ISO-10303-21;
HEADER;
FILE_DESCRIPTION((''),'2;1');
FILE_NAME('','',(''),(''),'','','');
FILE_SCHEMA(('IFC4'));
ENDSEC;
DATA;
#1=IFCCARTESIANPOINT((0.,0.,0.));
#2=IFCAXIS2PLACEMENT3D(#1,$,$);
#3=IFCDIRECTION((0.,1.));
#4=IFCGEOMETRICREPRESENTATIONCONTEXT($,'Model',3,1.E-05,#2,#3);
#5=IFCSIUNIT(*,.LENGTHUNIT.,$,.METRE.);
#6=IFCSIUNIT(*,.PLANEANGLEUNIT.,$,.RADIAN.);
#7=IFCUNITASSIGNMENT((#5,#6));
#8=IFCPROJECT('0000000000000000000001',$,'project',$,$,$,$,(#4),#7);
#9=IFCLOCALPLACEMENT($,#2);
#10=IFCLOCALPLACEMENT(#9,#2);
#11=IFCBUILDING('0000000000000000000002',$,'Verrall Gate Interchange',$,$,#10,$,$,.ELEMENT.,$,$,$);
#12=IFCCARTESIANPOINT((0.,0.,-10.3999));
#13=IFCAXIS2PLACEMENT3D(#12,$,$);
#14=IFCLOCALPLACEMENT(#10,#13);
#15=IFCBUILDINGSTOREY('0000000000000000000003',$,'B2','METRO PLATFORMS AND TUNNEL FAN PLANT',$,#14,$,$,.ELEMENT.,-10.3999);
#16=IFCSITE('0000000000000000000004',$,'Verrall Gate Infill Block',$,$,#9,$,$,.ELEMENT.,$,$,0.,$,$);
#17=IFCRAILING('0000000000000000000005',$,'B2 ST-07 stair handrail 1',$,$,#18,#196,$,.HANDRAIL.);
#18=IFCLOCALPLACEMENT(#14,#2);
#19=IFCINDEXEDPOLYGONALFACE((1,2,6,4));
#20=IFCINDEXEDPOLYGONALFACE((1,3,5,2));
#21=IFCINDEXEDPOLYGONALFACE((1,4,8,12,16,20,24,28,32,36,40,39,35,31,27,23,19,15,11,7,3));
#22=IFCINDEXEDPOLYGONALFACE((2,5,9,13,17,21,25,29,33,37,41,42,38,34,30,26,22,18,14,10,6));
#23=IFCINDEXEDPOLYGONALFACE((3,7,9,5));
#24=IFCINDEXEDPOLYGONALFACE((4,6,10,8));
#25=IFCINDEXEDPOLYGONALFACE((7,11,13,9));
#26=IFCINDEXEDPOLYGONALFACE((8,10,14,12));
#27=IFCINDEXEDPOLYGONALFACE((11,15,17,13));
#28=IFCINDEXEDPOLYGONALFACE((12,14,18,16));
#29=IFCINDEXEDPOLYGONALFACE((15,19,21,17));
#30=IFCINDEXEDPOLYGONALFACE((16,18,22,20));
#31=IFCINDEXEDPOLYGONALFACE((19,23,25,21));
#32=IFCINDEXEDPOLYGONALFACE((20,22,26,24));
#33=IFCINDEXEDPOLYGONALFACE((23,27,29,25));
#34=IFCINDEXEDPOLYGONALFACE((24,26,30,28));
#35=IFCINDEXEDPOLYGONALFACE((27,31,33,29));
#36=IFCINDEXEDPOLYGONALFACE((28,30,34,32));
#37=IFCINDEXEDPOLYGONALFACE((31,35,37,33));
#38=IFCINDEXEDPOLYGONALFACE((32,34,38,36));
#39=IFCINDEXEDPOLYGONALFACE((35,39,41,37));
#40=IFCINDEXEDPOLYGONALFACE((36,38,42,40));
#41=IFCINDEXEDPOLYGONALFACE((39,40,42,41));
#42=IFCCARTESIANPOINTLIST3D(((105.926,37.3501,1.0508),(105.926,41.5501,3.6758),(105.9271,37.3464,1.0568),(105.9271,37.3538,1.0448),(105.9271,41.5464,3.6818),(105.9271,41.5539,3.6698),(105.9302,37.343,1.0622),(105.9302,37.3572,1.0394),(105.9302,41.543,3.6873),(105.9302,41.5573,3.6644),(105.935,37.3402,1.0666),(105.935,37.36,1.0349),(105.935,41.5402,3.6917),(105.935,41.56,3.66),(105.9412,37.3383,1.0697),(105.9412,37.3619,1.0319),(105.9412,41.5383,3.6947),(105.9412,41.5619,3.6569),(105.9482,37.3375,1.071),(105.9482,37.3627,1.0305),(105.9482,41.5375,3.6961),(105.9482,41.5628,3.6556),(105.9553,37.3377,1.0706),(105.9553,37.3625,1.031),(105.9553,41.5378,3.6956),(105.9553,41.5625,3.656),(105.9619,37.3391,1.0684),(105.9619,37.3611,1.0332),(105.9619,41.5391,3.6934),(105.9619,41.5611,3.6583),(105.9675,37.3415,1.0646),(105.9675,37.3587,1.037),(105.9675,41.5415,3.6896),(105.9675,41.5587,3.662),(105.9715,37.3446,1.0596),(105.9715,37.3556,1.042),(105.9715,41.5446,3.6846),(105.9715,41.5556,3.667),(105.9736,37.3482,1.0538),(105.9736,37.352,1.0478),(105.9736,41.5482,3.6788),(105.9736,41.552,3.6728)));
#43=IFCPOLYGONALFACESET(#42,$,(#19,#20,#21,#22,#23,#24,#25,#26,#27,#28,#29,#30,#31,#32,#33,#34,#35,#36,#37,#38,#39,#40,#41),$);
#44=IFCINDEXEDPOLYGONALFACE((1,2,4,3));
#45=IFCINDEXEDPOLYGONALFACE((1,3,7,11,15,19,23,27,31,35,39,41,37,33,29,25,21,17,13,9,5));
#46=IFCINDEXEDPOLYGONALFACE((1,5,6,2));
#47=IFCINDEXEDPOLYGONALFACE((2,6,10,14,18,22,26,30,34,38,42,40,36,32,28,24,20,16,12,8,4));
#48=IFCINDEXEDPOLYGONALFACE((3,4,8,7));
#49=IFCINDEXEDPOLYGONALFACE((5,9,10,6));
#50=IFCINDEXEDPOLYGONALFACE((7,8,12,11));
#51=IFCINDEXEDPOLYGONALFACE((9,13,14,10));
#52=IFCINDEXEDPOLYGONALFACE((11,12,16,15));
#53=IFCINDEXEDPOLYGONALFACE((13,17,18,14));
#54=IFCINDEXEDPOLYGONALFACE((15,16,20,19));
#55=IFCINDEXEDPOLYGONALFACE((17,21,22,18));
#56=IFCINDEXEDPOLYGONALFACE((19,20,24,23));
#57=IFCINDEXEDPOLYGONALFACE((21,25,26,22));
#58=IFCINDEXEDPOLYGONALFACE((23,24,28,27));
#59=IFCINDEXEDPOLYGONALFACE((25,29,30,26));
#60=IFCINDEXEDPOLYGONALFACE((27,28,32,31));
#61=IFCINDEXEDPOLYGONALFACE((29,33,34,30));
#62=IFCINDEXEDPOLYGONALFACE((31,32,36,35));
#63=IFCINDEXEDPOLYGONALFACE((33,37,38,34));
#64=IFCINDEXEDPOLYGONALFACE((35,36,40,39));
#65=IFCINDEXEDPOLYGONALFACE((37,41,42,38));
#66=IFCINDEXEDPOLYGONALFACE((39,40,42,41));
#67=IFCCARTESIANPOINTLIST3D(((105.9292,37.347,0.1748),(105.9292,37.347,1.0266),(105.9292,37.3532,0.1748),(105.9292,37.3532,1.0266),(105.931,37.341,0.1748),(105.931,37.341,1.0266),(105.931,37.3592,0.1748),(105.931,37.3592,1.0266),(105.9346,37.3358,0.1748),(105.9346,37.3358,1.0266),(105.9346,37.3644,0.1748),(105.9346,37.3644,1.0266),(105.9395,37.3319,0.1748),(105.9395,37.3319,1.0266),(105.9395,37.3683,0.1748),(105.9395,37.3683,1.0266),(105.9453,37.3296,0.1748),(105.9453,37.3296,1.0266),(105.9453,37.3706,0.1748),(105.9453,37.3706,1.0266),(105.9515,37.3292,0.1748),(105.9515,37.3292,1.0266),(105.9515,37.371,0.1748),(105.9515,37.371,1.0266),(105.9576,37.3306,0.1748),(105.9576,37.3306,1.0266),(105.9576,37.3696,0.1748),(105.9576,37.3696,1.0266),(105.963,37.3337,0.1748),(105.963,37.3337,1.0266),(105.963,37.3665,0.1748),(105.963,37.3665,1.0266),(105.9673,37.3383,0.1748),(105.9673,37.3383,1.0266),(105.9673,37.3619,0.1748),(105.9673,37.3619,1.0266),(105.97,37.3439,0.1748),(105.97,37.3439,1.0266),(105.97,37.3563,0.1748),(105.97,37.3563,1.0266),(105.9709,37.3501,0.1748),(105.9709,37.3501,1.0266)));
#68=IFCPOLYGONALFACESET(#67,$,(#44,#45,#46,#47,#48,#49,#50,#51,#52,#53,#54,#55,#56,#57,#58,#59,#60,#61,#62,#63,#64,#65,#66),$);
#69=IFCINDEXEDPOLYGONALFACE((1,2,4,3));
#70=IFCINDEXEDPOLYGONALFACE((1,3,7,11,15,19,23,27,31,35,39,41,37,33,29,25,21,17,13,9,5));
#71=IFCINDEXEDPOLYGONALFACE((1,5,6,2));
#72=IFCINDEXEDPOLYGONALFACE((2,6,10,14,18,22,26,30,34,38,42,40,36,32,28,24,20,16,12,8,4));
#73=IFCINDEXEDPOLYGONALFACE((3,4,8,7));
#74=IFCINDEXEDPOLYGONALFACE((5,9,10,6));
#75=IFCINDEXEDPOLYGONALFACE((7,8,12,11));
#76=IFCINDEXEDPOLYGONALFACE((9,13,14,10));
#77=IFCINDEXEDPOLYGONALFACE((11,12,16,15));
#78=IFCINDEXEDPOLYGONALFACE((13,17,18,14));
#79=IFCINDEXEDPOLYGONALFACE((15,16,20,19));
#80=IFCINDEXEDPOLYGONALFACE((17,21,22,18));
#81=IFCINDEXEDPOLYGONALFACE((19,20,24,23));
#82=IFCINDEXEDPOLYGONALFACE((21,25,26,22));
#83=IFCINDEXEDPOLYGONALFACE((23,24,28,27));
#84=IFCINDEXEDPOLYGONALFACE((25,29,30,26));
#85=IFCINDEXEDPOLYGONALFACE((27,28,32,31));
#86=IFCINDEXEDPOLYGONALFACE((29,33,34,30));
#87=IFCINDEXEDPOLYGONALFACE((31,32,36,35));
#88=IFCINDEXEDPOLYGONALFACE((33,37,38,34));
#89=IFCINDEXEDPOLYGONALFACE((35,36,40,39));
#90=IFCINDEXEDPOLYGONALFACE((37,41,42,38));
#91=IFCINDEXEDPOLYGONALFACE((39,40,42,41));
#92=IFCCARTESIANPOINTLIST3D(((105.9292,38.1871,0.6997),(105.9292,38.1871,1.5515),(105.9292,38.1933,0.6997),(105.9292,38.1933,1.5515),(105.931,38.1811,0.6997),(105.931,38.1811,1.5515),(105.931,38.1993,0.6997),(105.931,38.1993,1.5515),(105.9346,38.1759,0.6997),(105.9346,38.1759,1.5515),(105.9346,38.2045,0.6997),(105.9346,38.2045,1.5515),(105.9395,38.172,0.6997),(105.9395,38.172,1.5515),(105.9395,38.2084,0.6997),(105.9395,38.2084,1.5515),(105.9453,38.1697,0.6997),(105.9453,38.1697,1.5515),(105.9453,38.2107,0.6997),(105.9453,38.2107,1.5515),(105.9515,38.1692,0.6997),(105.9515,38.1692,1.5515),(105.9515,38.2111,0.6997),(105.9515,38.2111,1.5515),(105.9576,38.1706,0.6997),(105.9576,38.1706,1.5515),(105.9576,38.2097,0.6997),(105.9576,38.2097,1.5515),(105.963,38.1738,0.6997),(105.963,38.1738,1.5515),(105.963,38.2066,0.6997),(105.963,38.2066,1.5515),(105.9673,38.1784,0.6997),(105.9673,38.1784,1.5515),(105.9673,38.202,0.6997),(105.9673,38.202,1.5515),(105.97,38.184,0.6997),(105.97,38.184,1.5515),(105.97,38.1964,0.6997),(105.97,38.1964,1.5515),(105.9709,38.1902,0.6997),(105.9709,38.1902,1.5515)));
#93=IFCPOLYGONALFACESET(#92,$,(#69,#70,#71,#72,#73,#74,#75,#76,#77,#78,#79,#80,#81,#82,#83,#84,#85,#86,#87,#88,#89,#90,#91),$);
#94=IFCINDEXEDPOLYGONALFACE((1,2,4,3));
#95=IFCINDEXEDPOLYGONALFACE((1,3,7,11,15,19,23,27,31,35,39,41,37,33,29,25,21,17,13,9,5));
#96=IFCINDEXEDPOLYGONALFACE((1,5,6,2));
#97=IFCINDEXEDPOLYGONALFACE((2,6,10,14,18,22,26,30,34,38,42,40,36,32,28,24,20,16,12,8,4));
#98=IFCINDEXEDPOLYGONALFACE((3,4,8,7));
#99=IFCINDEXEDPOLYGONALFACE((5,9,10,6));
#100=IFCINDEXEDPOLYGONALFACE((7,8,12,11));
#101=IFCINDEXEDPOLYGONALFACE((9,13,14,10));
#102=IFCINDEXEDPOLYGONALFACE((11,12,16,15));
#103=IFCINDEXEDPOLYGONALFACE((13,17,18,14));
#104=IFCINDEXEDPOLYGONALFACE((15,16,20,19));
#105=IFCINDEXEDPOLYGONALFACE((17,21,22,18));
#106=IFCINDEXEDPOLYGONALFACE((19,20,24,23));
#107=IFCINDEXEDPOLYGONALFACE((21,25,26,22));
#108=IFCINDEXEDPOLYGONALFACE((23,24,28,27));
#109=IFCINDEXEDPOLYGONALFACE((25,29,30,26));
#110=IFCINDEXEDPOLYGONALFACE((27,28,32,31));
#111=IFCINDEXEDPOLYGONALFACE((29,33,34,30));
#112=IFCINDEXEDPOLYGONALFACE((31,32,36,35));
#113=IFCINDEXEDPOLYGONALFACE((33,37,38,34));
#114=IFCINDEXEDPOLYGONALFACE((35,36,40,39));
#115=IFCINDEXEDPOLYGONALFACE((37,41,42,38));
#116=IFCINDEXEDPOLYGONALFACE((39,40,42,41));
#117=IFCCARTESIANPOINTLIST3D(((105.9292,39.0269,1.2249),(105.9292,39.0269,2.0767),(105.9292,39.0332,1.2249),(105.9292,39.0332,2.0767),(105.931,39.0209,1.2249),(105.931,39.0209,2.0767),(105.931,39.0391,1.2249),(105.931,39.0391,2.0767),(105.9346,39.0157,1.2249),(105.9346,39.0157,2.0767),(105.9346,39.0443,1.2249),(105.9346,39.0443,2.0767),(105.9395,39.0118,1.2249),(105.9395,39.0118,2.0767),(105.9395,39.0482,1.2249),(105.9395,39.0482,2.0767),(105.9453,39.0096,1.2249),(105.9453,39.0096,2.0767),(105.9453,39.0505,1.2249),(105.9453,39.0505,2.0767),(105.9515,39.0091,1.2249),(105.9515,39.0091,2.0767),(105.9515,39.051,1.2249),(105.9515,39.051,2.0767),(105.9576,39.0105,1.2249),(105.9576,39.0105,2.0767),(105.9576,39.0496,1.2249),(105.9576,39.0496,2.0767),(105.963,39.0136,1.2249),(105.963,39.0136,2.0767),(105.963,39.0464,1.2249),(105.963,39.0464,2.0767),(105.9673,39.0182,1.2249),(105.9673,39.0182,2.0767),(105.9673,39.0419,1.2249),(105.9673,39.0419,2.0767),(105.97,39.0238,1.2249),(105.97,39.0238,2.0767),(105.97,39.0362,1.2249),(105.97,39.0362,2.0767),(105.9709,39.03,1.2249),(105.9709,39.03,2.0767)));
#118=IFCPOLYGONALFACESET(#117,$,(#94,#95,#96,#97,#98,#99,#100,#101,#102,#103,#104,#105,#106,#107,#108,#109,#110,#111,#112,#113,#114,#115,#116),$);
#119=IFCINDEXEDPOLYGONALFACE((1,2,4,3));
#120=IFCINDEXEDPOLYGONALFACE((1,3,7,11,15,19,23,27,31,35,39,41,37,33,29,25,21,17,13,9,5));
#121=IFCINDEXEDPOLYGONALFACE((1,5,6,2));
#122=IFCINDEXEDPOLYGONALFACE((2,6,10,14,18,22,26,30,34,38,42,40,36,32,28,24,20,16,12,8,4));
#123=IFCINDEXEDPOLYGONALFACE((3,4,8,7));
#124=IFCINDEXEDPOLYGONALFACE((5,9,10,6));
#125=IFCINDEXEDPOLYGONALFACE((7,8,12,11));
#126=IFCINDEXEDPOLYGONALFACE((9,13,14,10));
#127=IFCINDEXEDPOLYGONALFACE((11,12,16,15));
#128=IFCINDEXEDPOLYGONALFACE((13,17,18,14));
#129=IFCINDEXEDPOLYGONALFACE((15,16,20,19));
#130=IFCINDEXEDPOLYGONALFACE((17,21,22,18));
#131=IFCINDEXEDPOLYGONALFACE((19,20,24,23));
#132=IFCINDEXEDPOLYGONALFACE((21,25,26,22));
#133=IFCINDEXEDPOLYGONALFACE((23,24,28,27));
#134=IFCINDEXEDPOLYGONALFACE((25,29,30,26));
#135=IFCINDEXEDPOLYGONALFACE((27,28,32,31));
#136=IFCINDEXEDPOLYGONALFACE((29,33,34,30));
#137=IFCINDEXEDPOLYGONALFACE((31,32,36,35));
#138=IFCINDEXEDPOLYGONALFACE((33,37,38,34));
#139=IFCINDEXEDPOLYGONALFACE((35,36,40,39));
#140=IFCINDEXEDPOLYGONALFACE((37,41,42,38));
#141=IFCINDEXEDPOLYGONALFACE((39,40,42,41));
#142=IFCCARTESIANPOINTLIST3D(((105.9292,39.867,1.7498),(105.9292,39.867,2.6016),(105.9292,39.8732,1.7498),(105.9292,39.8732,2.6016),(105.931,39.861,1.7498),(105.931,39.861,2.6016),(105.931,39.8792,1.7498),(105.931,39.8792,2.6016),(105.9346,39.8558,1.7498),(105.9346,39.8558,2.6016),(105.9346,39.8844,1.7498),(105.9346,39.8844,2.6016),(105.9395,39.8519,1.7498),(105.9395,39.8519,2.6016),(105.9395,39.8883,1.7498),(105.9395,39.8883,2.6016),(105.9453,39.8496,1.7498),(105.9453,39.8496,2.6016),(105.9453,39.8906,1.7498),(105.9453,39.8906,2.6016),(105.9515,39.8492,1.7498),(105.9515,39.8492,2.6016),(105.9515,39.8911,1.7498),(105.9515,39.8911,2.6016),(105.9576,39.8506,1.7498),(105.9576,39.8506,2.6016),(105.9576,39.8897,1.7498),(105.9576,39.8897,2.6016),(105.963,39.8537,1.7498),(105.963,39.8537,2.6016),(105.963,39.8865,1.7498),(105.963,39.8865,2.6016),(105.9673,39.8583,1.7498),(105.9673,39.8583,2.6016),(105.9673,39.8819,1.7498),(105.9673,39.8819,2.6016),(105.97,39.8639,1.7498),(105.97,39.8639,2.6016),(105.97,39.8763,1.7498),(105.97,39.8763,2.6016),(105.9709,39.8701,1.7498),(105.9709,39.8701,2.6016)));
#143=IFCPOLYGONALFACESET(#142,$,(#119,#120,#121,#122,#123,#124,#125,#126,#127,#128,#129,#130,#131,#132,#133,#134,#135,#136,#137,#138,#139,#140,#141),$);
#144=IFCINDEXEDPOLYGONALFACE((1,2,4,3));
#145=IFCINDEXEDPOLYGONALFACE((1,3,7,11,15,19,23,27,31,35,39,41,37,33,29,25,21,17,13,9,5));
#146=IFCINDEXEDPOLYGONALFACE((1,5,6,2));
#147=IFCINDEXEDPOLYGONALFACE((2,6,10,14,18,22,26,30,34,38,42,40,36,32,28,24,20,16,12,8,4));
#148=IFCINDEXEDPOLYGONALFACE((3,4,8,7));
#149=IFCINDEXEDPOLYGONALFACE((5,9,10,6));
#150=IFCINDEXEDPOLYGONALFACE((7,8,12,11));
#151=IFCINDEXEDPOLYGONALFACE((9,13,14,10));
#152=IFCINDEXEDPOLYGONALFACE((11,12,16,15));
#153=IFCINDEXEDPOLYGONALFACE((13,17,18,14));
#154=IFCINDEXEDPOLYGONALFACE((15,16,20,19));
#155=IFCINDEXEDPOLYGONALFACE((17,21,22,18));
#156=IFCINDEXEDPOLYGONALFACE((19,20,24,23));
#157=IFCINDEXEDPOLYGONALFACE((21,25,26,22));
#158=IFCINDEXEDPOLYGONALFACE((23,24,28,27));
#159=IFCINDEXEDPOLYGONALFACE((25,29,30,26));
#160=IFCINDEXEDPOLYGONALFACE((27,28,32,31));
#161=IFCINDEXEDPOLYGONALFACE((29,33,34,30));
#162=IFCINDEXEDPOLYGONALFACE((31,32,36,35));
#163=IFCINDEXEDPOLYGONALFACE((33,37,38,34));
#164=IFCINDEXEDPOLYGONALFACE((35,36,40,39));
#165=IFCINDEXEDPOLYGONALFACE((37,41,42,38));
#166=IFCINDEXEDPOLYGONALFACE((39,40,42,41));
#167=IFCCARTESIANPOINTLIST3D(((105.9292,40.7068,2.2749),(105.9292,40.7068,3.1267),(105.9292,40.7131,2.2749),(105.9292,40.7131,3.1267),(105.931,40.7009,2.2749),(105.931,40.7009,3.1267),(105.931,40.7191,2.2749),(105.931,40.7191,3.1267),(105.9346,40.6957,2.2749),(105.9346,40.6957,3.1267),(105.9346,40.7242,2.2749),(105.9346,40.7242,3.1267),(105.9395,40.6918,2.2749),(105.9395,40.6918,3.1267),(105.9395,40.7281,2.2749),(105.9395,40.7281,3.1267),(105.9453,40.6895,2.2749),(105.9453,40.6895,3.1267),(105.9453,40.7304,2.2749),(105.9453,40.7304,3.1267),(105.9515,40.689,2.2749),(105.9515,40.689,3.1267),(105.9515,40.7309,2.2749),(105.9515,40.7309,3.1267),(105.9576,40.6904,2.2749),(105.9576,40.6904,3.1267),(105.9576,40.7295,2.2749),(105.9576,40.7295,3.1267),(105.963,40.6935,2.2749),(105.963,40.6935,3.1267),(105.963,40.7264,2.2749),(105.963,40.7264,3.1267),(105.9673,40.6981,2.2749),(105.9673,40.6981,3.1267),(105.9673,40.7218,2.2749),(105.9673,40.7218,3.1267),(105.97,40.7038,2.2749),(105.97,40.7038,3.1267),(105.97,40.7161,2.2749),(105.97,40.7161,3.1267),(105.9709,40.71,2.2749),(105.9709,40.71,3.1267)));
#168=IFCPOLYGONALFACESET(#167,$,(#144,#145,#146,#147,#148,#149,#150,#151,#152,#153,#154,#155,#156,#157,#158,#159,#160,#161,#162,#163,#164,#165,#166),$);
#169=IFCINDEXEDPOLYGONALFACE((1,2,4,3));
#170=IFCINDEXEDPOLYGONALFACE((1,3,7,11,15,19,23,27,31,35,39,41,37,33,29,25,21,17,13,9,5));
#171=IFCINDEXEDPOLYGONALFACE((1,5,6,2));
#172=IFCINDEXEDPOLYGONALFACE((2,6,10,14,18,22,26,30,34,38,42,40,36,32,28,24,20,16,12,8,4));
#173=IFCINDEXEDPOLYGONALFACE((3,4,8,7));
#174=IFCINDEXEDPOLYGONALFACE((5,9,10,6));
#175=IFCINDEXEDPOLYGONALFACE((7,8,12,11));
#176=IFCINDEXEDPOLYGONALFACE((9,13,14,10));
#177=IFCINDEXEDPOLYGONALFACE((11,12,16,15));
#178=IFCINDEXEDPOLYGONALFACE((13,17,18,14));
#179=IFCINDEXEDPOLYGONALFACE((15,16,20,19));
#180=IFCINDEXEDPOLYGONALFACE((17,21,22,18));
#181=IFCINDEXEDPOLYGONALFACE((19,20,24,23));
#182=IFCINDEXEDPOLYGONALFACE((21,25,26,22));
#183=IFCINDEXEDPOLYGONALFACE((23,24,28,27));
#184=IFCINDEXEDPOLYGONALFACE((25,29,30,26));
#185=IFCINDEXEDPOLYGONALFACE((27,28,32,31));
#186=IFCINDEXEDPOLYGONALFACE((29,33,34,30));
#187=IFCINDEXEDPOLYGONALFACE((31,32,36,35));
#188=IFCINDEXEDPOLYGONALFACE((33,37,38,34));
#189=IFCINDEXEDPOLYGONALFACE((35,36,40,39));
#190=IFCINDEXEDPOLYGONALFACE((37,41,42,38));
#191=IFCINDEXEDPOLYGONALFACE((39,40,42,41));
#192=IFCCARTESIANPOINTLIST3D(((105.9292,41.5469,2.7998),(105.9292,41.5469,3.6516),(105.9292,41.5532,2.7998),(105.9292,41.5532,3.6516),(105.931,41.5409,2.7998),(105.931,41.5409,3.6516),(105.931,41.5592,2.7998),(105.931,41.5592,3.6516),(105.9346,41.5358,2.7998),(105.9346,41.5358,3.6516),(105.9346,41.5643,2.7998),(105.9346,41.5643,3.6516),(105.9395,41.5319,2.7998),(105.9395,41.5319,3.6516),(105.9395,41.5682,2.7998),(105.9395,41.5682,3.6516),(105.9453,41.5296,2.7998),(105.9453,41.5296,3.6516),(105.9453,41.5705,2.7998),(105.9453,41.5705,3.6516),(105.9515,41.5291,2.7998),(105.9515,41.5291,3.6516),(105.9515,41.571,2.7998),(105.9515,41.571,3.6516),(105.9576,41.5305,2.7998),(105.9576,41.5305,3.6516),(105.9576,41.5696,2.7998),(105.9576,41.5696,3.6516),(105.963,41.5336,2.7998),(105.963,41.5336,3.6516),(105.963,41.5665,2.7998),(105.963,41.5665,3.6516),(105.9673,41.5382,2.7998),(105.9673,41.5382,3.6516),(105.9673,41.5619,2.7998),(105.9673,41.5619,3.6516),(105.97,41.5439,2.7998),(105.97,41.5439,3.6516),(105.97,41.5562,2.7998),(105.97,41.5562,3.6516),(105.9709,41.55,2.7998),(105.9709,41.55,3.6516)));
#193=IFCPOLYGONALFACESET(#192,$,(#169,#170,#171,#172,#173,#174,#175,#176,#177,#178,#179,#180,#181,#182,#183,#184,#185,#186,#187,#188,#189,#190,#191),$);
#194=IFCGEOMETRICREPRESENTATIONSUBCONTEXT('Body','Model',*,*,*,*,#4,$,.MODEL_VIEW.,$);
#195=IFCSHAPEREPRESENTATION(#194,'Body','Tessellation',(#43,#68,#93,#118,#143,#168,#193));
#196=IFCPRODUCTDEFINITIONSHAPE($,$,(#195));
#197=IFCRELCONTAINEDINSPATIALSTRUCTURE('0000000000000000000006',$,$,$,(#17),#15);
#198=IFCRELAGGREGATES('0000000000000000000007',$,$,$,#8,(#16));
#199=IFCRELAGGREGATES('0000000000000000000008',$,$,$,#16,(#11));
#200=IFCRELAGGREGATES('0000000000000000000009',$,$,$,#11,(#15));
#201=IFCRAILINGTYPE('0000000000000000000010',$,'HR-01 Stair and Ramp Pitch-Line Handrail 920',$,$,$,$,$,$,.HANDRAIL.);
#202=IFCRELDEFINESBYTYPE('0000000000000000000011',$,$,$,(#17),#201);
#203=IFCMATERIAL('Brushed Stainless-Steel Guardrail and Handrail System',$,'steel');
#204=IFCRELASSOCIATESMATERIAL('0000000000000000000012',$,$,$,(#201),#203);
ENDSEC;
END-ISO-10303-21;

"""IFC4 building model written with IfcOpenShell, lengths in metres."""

from ifc_helpers import new_model, si_unit, direction, frame, origin, origin_2d, place, context, subcontext, project, spatial, circle, extrude, material, type_object, element, save


model = new_model("IFC4")

# Units and contexts
model_context = context("Model", 3, precision=1e-05, world=origin(), true_north=direction((0.0, 1.0)))
body_context = subcontext(model_context, "Body", "Model", "MODEL_VIEW")
ifc_project = project(units=[si_unit("LENGTHUNIT", "METRE"), si_unit("PLANEANGLEUNIT", "RADIAN")], contexts=[model_context])

# Site, building, storey
site_placement = place(None, origin())
site = spatial("IfcSite", under=ifc_project, at=site_placement, Name="Verrall Gate Infill Block", CompositionType="ELEMENT", RefElevation=0.0)
building_placement = place(site_placement, origin())
building = spatial("IfcBuilding", under=site, at=building_placement, Name="Verrall Gate Interchange", CompositionType="ELEMENT")
storey_placement = place(building_placement, frame((0.0, 0.0, -10.3999)))
storey = spatial("IfcBuildingStorey", under=building, at=storey_placement, Name="B2", Description="METRO PLATFORMS AND TUNNEL FAN PLANT", CompositionType="ELEMENT", Elevation=-10.3999)

# Railing
ifc_material_1 = material(Name="Brushed Stainless-Steel Guardrail and Handrail System", Category="steel")
railing_type_1 = type_object("IfcRailingType", Name="HR-01 Stair and Ramp Pitch-Line Handrail 920", PredefinedType="HANDRAIL", material=ifc_material_1)
railing_1_placement = place(storey_placement, frame((105.95, 37.3501, 0.1748)))
element("IfcRailing", 1, at=railing_1_placement, inside=storey, type_object=railing_type_1, Name="B2 ST-07 stair handrail 1", PredefinedType="HANDRAIL", context=body_context, shape_type="SweptSolid", body=[
    extrude(circle(Radius=0.0239, at=origin_2d()), frame((0.0, 0.0, 0.876), z_axis=(0.0, 0.847996, 0.530003), x_axis=(-1.0, 0.0, 0.0)), (0.0, 0.0, 1.0), 4.9529),
    extrude(circle(Radius=0.021, at=origin_2d()), origin(), (0.0, 0.0, 1.0), 0.8518),
    extrude(circle(Radius=0.021, at=origin_2d()), frame((0.0, 0.8401, 0.5249)), (0.0, 0.0, 1.0), 0.8518),
    extrude(circle(Radius=0.021, at=origin_2d()), frame((0.0, 1.6799, 1.05)), (0.0, 0.0, 1.0), 0.8518),
    extrude(circle(Radius=0.021, at=origin_2d()), frame((0.0, 2.52, 1.575)), (0.0, 0.0, 1.0), 0.8518),
    extrude(circle(Radius=0.021, at=origin_2d()), frame((0.0, 3.3599, 2.1001)), (0.0, 0.0, 1.0), 0.8518),
    extrude(circle(Radius=0.021, at=origin_2d()), frame((0.0, 4.2, 2.625)), (0.0, 0.0, 1.0), 0.8518),
])

save(model, "model.ifc")
